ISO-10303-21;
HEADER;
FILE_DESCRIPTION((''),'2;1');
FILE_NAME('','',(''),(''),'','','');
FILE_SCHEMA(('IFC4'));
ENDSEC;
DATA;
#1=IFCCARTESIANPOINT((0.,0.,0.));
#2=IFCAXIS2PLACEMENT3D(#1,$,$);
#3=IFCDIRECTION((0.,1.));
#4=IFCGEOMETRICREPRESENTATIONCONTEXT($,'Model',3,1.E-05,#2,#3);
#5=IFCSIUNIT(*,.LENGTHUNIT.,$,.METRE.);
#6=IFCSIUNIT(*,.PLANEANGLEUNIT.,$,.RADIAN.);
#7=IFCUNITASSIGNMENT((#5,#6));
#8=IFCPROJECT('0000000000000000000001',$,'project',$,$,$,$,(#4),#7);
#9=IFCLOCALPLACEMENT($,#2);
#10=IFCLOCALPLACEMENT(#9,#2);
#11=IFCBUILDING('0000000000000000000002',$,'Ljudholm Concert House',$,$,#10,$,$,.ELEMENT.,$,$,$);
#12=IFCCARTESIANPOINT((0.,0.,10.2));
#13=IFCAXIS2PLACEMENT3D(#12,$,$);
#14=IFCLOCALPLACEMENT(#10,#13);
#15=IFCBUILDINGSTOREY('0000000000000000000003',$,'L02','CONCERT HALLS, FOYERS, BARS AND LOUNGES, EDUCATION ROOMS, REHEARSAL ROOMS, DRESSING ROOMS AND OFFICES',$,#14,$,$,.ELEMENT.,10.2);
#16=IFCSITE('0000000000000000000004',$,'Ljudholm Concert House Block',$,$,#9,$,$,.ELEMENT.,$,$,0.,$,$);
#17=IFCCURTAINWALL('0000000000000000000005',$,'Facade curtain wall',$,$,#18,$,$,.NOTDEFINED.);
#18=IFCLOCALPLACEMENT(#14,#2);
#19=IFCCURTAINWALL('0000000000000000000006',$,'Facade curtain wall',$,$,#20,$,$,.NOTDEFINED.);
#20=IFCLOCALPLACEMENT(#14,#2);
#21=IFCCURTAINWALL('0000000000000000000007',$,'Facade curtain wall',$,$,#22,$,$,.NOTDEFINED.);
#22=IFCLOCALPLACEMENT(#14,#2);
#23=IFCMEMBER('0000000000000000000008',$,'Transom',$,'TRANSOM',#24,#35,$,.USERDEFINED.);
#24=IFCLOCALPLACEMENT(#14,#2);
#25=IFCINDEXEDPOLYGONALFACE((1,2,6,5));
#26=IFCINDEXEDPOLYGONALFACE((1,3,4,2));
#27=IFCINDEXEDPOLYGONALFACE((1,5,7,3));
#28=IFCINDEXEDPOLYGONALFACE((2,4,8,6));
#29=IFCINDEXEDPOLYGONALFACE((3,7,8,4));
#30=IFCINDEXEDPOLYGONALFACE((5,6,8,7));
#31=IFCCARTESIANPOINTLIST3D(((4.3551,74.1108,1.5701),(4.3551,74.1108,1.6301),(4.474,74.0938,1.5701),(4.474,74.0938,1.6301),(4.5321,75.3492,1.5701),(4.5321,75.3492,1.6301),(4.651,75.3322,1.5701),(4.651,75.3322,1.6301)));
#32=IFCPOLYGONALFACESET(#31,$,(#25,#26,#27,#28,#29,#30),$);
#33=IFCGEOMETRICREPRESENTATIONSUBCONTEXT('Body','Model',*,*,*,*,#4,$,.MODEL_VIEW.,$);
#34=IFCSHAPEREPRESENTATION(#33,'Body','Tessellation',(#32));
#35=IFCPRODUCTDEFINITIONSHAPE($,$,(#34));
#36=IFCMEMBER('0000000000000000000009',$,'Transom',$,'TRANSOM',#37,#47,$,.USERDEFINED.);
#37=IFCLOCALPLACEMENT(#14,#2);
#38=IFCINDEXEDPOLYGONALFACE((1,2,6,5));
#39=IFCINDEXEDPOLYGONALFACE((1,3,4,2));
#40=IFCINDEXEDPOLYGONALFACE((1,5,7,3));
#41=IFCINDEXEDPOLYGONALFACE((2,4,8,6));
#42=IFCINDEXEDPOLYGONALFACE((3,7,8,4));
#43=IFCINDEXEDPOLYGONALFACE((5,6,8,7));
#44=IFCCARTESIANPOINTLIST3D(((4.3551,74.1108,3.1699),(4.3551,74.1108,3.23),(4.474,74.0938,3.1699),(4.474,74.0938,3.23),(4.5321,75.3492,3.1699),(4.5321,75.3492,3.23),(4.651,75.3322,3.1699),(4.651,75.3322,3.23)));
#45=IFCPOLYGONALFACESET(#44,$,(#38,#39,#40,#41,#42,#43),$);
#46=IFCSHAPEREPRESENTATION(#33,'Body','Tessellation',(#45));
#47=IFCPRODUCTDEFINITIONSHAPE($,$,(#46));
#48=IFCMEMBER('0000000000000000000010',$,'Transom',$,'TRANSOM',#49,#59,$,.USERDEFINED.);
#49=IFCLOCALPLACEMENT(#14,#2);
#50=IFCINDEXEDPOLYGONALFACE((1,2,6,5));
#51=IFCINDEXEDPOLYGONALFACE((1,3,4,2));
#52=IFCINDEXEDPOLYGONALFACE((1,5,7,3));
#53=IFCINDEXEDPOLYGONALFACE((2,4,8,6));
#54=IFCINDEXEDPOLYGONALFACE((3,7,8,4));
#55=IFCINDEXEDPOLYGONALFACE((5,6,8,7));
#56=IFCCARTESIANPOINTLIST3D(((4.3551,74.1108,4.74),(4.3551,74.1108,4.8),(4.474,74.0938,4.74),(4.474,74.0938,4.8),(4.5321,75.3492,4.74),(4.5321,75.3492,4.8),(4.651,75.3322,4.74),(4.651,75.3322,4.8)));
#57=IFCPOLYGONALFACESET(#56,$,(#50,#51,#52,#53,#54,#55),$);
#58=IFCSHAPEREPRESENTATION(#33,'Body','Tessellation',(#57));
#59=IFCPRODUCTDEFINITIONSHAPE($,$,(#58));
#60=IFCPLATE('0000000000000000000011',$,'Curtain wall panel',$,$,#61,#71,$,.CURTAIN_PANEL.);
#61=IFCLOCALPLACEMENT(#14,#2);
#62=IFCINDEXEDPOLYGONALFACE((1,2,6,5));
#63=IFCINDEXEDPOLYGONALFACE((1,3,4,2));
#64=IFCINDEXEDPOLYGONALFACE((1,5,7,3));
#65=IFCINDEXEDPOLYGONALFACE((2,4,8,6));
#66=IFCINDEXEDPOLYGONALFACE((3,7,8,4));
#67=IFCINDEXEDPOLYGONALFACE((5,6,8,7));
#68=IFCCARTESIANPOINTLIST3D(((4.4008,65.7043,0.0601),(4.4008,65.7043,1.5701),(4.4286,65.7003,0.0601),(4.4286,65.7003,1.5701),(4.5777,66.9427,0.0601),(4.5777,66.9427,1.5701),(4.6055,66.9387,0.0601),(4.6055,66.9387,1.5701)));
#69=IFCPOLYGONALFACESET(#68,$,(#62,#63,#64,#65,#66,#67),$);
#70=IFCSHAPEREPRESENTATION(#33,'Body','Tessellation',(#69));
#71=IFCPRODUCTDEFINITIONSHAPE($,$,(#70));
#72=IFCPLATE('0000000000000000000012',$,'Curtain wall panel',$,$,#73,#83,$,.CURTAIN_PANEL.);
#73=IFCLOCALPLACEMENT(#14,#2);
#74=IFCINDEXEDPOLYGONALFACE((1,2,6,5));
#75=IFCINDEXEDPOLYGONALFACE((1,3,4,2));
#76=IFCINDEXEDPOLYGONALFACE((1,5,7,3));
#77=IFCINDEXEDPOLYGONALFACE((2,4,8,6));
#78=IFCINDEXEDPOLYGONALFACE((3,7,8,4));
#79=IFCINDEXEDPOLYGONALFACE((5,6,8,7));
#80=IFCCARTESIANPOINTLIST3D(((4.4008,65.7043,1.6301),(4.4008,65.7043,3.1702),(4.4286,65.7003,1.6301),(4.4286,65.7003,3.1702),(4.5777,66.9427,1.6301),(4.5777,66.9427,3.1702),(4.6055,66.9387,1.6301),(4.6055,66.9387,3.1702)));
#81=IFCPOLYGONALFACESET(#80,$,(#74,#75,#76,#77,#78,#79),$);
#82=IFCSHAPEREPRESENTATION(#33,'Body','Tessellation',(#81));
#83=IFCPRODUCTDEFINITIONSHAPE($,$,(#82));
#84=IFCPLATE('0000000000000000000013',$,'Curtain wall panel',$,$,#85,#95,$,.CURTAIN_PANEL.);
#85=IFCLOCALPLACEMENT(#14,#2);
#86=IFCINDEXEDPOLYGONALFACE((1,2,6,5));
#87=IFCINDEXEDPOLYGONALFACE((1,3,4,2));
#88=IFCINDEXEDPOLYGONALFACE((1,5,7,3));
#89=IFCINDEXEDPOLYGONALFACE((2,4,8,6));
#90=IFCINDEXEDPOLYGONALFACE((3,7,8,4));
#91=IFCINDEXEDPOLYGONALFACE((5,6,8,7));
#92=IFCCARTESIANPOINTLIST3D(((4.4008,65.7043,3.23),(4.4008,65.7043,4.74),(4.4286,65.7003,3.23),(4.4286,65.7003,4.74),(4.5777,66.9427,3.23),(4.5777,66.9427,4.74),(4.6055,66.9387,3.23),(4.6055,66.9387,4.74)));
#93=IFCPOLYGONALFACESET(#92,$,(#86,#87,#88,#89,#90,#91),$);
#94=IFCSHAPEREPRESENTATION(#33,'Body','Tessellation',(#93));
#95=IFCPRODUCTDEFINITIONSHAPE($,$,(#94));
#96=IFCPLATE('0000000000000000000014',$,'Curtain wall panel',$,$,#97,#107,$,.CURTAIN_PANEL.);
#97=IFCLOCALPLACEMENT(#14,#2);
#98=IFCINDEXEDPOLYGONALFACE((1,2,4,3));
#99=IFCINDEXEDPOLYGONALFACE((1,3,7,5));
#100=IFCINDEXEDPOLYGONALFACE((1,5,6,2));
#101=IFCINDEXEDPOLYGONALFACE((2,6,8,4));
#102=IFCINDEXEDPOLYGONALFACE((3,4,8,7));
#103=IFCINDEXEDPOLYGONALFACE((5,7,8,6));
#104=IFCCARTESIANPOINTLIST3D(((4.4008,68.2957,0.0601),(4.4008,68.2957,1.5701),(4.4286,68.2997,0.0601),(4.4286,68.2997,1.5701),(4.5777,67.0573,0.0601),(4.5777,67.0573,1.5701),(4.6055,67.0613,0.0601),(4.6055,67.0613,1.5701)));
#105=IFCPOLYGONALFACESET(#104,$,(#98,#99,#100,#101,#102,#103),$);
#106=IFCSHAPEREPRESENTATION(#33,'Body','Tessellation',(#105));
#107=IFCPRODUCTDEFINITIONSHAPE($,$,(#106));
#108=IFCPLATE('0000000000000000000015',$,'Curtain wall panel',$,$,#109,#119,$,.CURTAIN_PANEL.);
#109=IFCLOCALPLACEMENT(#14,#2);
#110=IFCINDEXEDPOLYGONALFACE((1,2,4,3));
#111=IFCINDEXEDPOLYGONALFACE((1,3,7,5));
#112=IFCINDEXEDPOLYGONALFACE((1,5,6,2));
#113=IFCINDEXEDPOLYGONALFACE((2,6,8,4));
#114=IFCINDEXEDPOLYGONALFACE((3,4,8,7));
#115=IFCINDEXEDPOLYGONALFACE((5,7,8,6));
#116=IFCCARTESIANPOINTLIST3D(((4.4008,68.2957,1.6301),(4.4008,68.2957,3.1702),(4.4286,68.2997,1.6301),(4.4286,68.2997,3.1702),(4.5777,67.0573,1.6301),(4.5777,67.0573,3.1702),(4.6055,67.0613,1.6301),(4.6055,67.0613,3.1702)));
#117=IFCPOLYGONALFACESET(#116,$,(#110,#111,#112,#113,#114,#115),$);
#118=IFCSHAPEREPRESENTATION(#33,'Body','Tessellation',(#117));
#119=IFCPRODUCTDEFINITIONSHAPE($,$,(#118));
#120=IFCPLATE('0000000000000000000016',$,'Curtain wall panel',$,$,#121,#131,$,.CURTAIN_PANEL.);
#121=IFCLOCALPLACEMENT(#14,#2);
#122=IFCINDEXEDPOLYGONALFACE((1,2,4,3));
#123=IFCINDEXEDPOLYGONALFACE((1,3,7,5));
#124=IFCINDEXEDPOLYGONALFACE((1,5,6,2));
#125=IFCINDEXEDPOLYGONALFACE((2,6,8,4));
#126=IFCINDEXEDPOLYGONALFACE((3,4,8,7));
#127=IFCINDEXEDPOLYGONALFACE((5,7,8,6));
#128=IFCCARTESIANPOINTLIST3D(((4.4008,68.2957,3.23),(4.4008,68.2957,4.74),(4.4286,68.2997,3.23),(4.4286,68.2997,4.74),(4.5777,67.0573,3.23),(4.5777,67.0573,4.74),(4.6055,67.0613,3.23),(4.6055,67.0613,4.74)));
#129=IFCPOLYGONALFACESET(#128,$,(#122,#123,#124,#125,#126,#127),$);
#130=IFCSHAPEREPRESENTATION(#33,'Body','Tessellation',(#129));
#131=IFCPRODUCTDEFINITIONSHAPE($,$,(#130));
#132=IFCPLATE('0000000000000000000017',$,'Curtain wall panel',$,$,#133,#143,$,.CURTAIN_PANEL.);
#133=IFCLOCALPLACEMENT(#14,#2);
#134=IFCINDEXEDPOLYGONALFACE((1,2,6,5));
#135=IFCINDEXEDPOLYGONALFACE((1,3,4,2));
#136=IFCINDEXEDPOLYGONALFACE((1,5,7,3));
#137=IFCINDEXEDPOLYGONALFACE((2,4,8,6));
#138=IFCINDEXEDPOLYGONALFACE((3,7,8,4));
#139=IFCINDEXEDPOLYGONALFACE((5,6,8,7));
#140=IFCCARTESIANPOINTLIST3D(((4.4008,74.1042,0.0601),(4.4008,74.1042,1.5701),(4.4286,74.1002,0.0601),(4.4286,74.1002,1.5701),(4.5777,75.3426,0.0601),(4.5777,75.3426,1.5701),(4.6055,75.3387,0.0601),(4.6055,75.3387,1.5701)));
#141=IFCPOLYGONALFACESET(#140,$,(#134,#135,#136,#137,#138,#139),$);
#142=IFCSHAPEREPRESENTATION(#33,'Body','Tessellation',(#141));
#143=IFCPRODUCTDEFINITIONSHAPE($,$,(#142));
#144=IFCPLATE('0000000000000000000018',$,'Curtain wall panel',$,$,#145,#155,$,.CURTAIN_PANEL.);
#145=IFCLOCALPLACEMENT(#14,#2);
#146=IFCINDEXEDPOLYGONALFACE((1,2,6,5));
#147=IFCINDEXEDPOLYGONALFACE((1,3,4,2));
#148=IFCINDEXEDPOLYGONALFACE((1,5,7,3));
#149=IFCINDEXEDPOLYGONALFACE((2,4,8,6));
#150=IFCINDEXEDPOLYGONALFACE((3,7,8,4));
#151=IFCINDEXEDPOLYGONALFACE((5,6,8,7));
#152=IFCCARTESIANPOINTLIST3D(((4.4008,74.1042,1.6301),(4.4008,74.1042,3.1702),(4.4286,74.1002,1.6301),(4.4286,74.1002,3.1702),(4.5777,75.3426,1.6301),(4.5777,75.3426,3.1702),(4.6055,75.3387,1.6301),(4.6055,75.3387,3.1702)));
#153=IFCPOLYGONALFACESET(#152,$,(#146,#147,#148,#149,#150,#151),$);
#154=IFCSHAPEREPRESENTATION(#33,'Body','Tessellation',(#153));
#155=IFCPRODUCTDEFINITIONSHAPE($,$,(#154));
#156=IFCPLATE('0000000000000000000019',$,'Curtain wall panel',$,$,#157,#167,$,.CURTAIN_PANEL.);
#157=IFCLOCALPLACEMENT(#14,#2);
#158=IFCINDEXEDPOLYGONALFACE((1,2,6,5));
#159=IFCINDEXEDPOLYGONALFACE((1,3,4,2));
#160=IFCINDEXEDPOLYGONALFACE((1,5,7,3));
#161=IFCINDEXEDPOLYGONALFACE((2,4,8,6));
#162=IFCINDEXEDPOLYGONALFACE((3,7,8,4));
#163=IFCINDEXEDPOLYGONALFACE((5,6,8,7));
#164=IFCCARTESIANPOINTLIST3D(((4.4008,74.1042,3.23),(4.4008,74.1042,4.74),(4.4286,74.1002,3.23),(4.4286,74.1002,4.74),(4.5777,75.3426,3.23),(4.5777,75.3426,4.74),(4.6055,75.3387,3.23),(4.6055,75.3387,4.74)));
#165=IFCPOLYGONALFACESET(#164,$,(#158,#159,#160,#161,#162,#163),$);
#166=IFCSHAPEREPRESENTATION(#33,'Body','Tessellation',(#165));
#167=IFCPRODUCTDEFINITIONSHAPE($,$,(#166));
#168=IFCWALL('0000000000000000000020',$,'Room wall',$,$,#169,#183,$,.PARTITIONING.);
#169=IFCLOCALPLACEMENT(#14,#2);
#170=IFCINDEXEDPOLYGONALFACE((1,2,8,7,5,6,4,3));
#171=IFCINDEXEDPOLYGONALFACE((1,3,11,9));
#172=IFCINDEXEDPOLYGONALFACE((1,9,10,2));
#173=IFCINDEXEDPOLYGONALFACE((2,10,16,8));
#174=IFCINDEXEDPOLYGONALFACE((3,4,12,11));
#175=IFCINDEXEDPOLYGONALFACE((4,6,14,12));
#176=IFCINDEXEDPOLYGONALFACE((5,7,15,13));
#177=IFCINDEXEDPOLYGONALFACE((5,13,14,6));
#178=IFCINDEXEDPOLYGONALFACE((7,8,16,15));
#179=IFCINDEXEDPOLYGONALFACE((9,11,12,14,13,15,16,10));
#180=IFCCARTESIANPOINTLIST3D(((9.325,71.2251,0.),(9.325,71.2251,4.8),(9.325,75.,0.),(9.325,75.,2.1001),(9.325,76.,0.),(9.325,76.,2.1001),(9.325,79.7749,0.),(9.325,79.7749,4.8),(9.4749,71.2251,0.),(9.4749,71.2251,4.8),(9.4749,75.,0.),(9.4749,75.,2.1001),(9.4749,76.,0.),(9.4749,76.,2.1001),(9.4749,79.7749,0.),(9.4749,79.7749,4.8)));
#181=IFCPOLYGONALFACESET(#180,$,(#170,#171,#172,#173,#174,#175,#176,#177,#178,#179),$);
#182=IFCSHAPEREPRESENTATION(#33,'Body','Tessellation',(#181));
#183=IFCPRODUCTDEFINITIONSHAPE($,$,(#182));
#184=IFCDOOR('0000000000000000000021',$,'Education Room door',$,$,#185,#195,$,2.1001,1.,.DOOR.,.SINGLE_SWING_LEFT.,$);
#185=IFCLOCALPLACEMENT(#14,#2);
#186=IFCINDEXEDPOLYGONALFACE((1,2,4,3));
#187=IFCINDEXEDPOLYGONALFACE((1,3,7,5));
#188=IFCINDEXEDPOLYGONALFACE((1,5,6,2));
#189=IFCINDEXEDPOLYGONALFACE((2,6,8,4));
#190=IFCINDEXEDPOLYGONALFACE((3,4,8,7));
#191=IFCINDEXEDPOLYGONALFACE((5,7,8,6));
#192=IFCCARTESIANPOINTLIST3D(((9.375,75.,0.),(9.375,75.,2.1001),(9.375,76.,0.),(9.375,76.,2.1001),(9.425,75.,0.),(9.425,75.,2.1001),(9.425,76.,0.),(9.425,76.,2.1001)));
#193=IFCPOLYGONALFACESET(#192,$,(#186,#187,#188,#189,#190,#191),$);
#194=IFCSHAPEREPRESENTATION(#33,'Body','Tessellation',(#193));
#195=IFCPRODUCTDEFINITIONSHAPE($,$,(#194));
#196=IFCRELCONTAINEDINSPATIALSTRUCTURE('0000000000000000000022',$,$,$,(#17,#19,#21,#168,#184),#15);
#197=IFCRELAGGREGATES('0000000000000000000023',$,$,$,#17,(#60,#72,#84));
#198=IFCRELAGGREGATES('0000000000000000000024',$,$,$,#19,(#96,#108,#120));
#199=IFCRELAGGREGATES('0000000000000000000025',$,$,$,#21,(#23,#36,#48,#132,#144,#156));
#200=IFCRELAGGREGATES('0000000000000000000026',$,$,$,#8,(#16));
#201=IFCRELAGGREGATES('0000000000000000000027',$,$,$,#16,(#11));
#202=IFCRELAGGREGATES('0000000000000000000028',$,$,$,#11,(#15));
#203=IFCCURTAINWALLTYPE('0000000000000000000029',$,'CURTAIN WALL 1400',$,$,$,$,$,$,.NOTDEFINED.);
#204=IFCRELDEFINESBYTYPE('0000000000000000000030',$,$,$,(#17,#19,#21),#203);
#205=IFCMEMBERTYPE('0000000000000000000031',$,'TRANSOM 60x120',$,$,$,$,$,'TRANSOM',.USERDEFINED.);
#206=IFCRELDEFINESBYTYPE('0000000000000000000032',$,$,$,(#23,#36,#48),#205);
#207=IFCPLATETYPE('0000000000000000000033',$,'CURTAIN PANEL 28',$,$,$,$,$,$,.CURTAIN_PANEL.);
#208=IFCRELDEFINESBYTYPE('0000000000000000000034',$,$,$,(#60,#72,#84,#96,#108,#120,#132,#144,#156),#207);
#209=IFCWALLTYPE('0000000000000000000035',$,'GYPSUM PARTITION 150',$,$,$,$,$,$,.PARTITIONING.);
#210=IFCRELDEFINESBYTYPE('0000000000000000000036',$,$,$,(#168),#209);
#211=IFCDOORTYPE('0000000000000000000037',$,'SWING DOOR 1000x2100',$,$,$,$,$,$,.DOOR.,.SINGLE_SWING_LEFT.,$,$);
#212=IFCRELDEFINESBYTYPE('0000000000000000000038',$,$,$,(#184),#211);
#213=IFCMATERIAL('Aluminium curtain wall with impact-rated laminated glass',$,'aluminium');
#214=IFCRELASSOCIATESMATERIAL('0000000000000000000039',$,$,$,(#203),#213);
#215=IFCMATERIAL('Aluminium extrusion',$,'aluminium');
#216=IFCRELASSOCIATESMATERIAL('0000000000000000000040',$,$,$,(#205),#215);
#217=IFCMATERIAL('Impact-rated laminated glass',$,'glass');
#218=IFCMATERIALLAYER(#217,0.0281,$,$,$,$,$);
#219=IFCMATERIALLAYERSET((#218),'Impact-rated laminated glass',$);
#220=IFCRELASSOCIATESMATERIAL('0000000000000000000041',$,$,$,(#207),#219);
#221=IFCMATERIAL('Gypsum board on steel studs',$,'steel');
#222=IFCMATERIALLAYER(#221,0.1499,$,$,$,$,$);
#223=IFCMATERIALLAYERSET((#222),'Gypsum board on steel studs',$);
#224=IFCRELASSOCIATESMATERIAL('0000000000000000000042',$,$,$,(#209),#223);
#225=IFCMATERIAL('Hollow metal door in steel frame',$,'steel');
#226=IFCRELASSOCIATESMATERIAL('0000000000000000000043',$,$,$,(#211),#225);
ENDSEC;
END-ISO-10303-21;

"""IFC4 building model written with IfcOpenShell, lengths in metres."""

from ifc_helpers import new_model, si_unit, direction, frame, frame_2d, origin, origin_2d, place, context, subcontext, project, spatial, rectangle, extrude, material, layer, layer_set, material_profile, profile_set, type_object, element, fill, aggregate, save


model = new_model("IFC4")

# Units and contexts
model_context = context("Model", 3, precision=1e-05, world=origin(), true_north=direction((0.0, 1.0)))
body_context = subcontext(model_context, "Body", "Model", "MODEL_VIEW")
ifc_project = project(units=[si_unit("LENGTHUNIT", "METRE"), si_unit("PLANEANGLEUNIT", "RADIAN")], contexts=[model_context])

# Site, building, storey
site_placement = place(None, origin())
site = spatial("IfcSite", under=ifc_project, at=site_placement, Name="Ljudholm Concert House Block", CompositionType="ELEMENT", RefElevation=0.0)
building_placement = place(site_placement, origin())
building = spatial("IfcBuilding", under=site, at=building_placement, Name="Ljudholm Concert House", CompositionType="ELEMENT")
storey_placement = place(building_placement, frame((0.0, 0.0, 10.2)))
storey = spatial("IfcBuildingStorey", under=building, at=storey_placement, Name="L02", Description="CONCERT HALLS, FOYERS, BARS AND LOUNGES, EDUCATION ROOMS, REHEARSAL ROOMS, DRESSING ROOMS AND OFFICES", CompositionType="ELEMENT", Elevation=10.2)

# Curtain wall
ifc_material_1 = material(Name="Aluminium curtain wall with impact-rated laminated glass", Category="aluminium")
curtain_wall_type = type_object("IfcCurtainWallType", Name="CURTAIN WALL 1400", PredefinedType="NOTDEFINED", material=ifc_material_1)
curtain_wall_1_placement = place(storey_placement, origin())
curtain_wall_1 = element("IfcCurtainWall", 1, at=curtain_wall_1_placement, inside=storey, type_object=curtain_wall_type, Name="Facade curtain wall", PredefinedType="NOTDEFINED")

# Curtain wall
curtain_wall_2_placement = place(storey_placement, origin())
curtain_wall_2 = element("IfcCurtainWall", 2, at=curtain_wall_2_placement, inside=storey, type_object=curtain_wall_type, Name="Facade curtain wall", PredefinedType="NOTDEFINED")

# Curtain wall
curtain_wall_3_placement = place(storey_placement, origin())
curtain_wall_3 = element("IfcCurtainWall", 3, at=curtain_wall_3_placement, inside=storey, type_object=curtain_wall_type, Name="Facade curtain wall", PredefinedType="NOTDEFINED")

# Members
ifc_material_2 = material(Name="Aluminium extrusion", Category="aluminium")
ifc_material_profile_1 = material_profile(ifc_material_2, rectangle(XDim=0.1201, YDim=0.0601, at=origin_2d()), Name="TRANSOM 60x120")
ifc_profile_set_1 = profile_set([ifc_material_profile_1], Name="Aluminium extrusion")
member_type_1 = type_object("IfcMemberType", Name="TRANSOM 60x120", ElementType="TRANSOM", PredefinedType="USERDEFINED", material=ifc_profile_set_1)
member_1_placement = place(storey_placement, frame((4.4146, 74.1023, 1.6001), z_axis=(0.141503, 0.989938, 0.0), x_axis=(-0.989938, 0.141503, 0.0)))
member_1 = element("IfcMember", 4, at=member_1_placement, type_object=member_type_1, Name="Transom", ObjectType="TRANSOM", PredefinedType="USERDEFINED", context=body_context, shape_type="SweptSolid", body=[
    extrude(rectangle(XDim=0.1201, YDim=0.0601, at=origin_2d()), origin(), (0.0, 0.0, 1.0), 1.251),
])
member_2_placement = place(storey_placement, frame((4.4146, 74.1023, 3.2), z_axis=(0.141503, 0.989938, 0.0), x_axis=(-0.989938, 0.141503, 0.0)))
member_2 = element("IfcMember", 5, at=member_2_placement, type_object=member_type_1, Name="Transom", ObjectType="TRANSOM", PredefinedType="USERDEFINED", context=body_context, shape_type="SweptSolid", body=[
    extrude(rectangle(XDim=0.1201, YDim=0.0601, at=origin_2d()), origin(), (0.0, 0.0, 1.0), 1.251),
])
member_3_placement = place(storey_placement, frame((4.4146, 74.1023, 4.77), z_axis=(0.141503, 0.989938, 0.0), x_axis=(-0.989938, 0.141503, 0.0)))
member_3 = element("IfcMember", 6, at=member_3_placement, type_object=member_type_1, Name="Transom", ObjectType="TRANSOM", PredefinedType="USERDEFINED", context=body_context, shape_type="SweptSolid", body=[
    extrude(rectangle(XDim=0.1201, YDim=0.0601, at=origin_2d()), origin(), (0.0, 0.0, 1.0), 1.251),
])

# Plates
ifc_material_3 = material(Name="Impact-rated laminated glass", Category="glass")
ifc_layer_1 = layer(ifc_material_3, 0.0281)
ifc_layer_set_1 = layer_set([ifc_layer_1], Name="Impact-rated laminated glass")
plate_type = type_object("IfcPlateType", Name="CURTAIN PANEL 28", PredefinedType="CURTAIN_PANEL", material=ifc_layer_set_1)
plate_1_placement = place(storey_placement, frame((4.5032, 66.3215, 0.0601), z_axis=(0.0, 0.0, 1.0), x_axis=(0.141421, 0.989949, 0.0)))
plate_1 = element("IfcPlate", 7, at=plate_1_placement, type_object=plate_type, Name="Curtain wall panel", PredefinedType="CURTAIN_PANEL", context=body_context, shape_type="SweptSolid", body=[
    extrude(rectangle(XDim=1.251, YDim=0.0281, at=origin_2d()), origin(), (0.0, 0.0, 1.0), 1.51),
])
plate_2_placement = place(storey_placement, frame((4.5032, 66.3215, 1.6301), z_axis=(0.0, 0.0, 1.0), x_axis=(0.141421, 0.989949, 0.0)))
plate_2 = element("IfcPlate", 8, at=plate_2_placement, type_object=plate_type, Name="Curtain wall panel", PredefinedType="CURTAIN_PANEL", context=body_context, shape_type="SweptSolid", body=[
    extrude(rectangle(XDim=1.251, YDim=0.0281, at=origin_2d()), origin(), (0.0, 0.0, 1.0), 1.54),
])
plate_3_placement = place(storey_placement, frame((4.5032, 66.3215, 3.23), z_axis=(0.0, 0.0, 1.0), x_axis=(0.141421, 0.989949, 0.0)))
plate_3 = element("IfcPlate", 9, at=plate_3_placement, type_object=plate_type, Name="Curtain wall panel", PredefinedType="CURTAIN_PANEL", context=body_context, shape_type="SweptSolid", body=[
    extrude(rectangle(XDim=1.251, YDim=0.0281, at=origin_2d()), origin(), (0.0, 0.0, 1.0), 1.51),
])
aggregate(curtain_wall_1, [plate_1, plate_2, plate_3])
plate_4_placement = place(storey_placement, frame((4.5032, 67.6785, 0.0601), z_axis=(0.0, 0.0, 1.0), x_axis=(-0.141421, 0.989949, 0.0)))
plate_4 = element("IfcPlate", 10, at=plate_4_placement, type_object=plate_type, Name="Curtain wall panel", PredefinedType="CURTAIN_PANEL", context=body_context, shape_type="SweptSolid", body=[
    extrude(rectangle(XDim=1.251, YDim=0.0281, at=origin_2d()), origin(), (0.0, 0.0, 1.0), 1.51),
])
plate_5_placement = place(storey_placement, frame((4.5032, 67.6785, 1.6301), z_axis=(0.0, 0.0, 1.0), x_axis=(-0.141421, 0.989949, 0.0)))
plate_5 = element("IfcPlate", 11, at=plate_5_placement, type_object=plate_type, Name="Curtain wall panel", PredefinedType="CURTAIN_PANEL", context=body_context, shape_type="SweptSolid", body=[
    extrude(rectangle(XDim=1.251, YDim=0.0281, at=origin_2d()), origin(), (0.0, 0.0, 1.0), 1.54),
])
plate_6_placement = place(storey_placement, frame((4.5032, 67.6785, 3.23), z_axis=(0.0, 0.0, 1.0), x_axis=(-0.141421, 0.989949, 0.0)))
plate_6 = element("IfcPlate", 12, at=plate_6_placement, type_object=plate_type, Name="Curtain wall panel", PredefinedType="CURTAIN_PANEL", context=body_context, shape_type="SweptSolid", body=[
    extrude(rectangle(XDim=1.251, YDim=0.0281, at=origin_2d()), origin(), (0.0, 0.0, 1.0), 1.51),
])
aggregate(curtain_wall_2, [plate_4, plate_5, plate_6])
plate_7_placement = place(storey_placement, frame((4.5032, 74.7214, 0.0601), z_axis=(0.0, 0.0, 1.0), x_axis=(0.141421, 0.989949, 0.0)))
plate_7 = element("IfcPlate", 13, at=plate_7_placement, type_object=plate_type, Name="Curtain wall panel", PredefinedType="CURTAIN_PANEL", context=body_context, shape_type="SweptSolid", body=[
    extrude(rectangle(XDim=1.251, YDim=0.0281, at=origin_2d()), origin(), (0.0, 0.0, 1.0), 1.51),
])
plate_8_placement = place(storey_placement, frame((4.5032, 74.7214, 1.6301), z_axis=(0.0, 0.0, 1.0), x_axis=(0.141421, 0.989949, 0.0)))
plate_8 = element("IfcPlate", 14, at=plate_8_placement, type_object=plate_type, Name="Curtain wall panel", PredefinedType="CURTAIN_PANEL", context=body_context, shape_type="SweptSolid", body=[
    extrude(rectangle(XDim=1.251, YDim=0.0281, at=origin_2d()), origin(), (0.0, 0.0, 1.0), 1.54),
])
plate_9_placement = place(storey_placement, frame((4.5032, 74.7214, 3.23), z_axis=(0.0, 0.0, 1.0), x_axis=(0.141421, 0.989949, 0.0)))
plate_9 = element("IfcPlate", 15, at=plate_9_placement, type_object=plate_type, Name="Curtain wall panel", PredefinedType="CURTAIN_PANEL", context=body_context, shape_type="SweptSolid", body=[
    extrude(rectangle(XDim=1.251, YDim=0.0281, at=origin_2d()), origin(), (0.0, 0.0, 1.0), 1.51),
])
aggregate(curtain_wall_3, [member_1, member_2, member_3, plate_7, plate_8, plate_9])

# Wall, opening, door
ifc_material_4 = material(Name="Gypsum board on steel studs", Category="steel")
ifc_layer_2 = layer(ifc_material_4, 0.1499)
ifc_layer_set_2 = layer_set([ifc_layer_2], Name="Gypsum board on steel studs")
wall_type_1 = type_object("IfcWallType", Name="GYPSUM PARTITION 150", PredefinedType="PARTITIONING", material=ifc_layer_set_2)
wall_1_placement = place(storey_placement, frame((9.3999, 71.2251, 0.0), z_axis=(0.0, 0.0, 1.0), x_axis=(0.0, 1.0, 0.0)))
wall_1 = element("IfcWall", 16, at=wall_1_placement, inside=storey, type_object=wall_type_1, Name="Room wall", PredefinedType="PARTITIONING", context=body_context, shape_type="SweptSolid", body=[
    extrude(rectangle(XDim=8.5498, YDim=0.1499, at=frame_2d((4.2749, 0.0))), origin(), (0.0, 0.0, 1.0), 4.8),
])
opening_placement = place(wall_1_placement, frame((3.7749, 0.0, 0.0)))
opening = element("IfcOpeningElement", 17, at=opening_placement, cuts=wall_1, PredefinedType="OPENING", context=body_context, shape_type="SweptSolid", body=[
    extrude(rectangle(XDim=1.0, YDim=2.1001, at=frame_2d((0.5, 1.05))), frame((0.0, 0.085, 0.0), z_axis=(0.0, -1.0, 0.0), x_axis=(1.0, 0.0, 0.0)), (0.0, 0.0, 1.0), 0.1699),
])
ifc_material_5 = material(Name="Hollow metal door in steel frame", Category="steel")
door_type = type_object("IfcDoorType", Name="SWING DOOR 1000x2100", OperationType="SINGLE_SWING_LEFT", PredefinedType="DOOR", material=ifc_material_5)
door_placement = place(opening_placement, origin())
door = element("IfcDoor", 18, at=door_placement, inside=storey, type_object=door_type, Name="Education Room door", OperationType="SINGLE_SWING_LEFT", OverallHeight=2.1001, OverallWidth=1.0, PredefinedType="DOOR", context=body_context, shape_type="SweptSolid", body=[
    extrude(rectangle(XDim=1.0, YDim=2.1001, at=frame_2d((0.5, 1.05))), frame((0.0, 0.0249, 0.0), z_axis=(0.0, -1.0, 0.0), x_axis=(1.0, 0.0, 0.0)), (0.0, 0.0, 1.0), 0.05),
])
fill(opening, door)

save(model, "model.ifc")
